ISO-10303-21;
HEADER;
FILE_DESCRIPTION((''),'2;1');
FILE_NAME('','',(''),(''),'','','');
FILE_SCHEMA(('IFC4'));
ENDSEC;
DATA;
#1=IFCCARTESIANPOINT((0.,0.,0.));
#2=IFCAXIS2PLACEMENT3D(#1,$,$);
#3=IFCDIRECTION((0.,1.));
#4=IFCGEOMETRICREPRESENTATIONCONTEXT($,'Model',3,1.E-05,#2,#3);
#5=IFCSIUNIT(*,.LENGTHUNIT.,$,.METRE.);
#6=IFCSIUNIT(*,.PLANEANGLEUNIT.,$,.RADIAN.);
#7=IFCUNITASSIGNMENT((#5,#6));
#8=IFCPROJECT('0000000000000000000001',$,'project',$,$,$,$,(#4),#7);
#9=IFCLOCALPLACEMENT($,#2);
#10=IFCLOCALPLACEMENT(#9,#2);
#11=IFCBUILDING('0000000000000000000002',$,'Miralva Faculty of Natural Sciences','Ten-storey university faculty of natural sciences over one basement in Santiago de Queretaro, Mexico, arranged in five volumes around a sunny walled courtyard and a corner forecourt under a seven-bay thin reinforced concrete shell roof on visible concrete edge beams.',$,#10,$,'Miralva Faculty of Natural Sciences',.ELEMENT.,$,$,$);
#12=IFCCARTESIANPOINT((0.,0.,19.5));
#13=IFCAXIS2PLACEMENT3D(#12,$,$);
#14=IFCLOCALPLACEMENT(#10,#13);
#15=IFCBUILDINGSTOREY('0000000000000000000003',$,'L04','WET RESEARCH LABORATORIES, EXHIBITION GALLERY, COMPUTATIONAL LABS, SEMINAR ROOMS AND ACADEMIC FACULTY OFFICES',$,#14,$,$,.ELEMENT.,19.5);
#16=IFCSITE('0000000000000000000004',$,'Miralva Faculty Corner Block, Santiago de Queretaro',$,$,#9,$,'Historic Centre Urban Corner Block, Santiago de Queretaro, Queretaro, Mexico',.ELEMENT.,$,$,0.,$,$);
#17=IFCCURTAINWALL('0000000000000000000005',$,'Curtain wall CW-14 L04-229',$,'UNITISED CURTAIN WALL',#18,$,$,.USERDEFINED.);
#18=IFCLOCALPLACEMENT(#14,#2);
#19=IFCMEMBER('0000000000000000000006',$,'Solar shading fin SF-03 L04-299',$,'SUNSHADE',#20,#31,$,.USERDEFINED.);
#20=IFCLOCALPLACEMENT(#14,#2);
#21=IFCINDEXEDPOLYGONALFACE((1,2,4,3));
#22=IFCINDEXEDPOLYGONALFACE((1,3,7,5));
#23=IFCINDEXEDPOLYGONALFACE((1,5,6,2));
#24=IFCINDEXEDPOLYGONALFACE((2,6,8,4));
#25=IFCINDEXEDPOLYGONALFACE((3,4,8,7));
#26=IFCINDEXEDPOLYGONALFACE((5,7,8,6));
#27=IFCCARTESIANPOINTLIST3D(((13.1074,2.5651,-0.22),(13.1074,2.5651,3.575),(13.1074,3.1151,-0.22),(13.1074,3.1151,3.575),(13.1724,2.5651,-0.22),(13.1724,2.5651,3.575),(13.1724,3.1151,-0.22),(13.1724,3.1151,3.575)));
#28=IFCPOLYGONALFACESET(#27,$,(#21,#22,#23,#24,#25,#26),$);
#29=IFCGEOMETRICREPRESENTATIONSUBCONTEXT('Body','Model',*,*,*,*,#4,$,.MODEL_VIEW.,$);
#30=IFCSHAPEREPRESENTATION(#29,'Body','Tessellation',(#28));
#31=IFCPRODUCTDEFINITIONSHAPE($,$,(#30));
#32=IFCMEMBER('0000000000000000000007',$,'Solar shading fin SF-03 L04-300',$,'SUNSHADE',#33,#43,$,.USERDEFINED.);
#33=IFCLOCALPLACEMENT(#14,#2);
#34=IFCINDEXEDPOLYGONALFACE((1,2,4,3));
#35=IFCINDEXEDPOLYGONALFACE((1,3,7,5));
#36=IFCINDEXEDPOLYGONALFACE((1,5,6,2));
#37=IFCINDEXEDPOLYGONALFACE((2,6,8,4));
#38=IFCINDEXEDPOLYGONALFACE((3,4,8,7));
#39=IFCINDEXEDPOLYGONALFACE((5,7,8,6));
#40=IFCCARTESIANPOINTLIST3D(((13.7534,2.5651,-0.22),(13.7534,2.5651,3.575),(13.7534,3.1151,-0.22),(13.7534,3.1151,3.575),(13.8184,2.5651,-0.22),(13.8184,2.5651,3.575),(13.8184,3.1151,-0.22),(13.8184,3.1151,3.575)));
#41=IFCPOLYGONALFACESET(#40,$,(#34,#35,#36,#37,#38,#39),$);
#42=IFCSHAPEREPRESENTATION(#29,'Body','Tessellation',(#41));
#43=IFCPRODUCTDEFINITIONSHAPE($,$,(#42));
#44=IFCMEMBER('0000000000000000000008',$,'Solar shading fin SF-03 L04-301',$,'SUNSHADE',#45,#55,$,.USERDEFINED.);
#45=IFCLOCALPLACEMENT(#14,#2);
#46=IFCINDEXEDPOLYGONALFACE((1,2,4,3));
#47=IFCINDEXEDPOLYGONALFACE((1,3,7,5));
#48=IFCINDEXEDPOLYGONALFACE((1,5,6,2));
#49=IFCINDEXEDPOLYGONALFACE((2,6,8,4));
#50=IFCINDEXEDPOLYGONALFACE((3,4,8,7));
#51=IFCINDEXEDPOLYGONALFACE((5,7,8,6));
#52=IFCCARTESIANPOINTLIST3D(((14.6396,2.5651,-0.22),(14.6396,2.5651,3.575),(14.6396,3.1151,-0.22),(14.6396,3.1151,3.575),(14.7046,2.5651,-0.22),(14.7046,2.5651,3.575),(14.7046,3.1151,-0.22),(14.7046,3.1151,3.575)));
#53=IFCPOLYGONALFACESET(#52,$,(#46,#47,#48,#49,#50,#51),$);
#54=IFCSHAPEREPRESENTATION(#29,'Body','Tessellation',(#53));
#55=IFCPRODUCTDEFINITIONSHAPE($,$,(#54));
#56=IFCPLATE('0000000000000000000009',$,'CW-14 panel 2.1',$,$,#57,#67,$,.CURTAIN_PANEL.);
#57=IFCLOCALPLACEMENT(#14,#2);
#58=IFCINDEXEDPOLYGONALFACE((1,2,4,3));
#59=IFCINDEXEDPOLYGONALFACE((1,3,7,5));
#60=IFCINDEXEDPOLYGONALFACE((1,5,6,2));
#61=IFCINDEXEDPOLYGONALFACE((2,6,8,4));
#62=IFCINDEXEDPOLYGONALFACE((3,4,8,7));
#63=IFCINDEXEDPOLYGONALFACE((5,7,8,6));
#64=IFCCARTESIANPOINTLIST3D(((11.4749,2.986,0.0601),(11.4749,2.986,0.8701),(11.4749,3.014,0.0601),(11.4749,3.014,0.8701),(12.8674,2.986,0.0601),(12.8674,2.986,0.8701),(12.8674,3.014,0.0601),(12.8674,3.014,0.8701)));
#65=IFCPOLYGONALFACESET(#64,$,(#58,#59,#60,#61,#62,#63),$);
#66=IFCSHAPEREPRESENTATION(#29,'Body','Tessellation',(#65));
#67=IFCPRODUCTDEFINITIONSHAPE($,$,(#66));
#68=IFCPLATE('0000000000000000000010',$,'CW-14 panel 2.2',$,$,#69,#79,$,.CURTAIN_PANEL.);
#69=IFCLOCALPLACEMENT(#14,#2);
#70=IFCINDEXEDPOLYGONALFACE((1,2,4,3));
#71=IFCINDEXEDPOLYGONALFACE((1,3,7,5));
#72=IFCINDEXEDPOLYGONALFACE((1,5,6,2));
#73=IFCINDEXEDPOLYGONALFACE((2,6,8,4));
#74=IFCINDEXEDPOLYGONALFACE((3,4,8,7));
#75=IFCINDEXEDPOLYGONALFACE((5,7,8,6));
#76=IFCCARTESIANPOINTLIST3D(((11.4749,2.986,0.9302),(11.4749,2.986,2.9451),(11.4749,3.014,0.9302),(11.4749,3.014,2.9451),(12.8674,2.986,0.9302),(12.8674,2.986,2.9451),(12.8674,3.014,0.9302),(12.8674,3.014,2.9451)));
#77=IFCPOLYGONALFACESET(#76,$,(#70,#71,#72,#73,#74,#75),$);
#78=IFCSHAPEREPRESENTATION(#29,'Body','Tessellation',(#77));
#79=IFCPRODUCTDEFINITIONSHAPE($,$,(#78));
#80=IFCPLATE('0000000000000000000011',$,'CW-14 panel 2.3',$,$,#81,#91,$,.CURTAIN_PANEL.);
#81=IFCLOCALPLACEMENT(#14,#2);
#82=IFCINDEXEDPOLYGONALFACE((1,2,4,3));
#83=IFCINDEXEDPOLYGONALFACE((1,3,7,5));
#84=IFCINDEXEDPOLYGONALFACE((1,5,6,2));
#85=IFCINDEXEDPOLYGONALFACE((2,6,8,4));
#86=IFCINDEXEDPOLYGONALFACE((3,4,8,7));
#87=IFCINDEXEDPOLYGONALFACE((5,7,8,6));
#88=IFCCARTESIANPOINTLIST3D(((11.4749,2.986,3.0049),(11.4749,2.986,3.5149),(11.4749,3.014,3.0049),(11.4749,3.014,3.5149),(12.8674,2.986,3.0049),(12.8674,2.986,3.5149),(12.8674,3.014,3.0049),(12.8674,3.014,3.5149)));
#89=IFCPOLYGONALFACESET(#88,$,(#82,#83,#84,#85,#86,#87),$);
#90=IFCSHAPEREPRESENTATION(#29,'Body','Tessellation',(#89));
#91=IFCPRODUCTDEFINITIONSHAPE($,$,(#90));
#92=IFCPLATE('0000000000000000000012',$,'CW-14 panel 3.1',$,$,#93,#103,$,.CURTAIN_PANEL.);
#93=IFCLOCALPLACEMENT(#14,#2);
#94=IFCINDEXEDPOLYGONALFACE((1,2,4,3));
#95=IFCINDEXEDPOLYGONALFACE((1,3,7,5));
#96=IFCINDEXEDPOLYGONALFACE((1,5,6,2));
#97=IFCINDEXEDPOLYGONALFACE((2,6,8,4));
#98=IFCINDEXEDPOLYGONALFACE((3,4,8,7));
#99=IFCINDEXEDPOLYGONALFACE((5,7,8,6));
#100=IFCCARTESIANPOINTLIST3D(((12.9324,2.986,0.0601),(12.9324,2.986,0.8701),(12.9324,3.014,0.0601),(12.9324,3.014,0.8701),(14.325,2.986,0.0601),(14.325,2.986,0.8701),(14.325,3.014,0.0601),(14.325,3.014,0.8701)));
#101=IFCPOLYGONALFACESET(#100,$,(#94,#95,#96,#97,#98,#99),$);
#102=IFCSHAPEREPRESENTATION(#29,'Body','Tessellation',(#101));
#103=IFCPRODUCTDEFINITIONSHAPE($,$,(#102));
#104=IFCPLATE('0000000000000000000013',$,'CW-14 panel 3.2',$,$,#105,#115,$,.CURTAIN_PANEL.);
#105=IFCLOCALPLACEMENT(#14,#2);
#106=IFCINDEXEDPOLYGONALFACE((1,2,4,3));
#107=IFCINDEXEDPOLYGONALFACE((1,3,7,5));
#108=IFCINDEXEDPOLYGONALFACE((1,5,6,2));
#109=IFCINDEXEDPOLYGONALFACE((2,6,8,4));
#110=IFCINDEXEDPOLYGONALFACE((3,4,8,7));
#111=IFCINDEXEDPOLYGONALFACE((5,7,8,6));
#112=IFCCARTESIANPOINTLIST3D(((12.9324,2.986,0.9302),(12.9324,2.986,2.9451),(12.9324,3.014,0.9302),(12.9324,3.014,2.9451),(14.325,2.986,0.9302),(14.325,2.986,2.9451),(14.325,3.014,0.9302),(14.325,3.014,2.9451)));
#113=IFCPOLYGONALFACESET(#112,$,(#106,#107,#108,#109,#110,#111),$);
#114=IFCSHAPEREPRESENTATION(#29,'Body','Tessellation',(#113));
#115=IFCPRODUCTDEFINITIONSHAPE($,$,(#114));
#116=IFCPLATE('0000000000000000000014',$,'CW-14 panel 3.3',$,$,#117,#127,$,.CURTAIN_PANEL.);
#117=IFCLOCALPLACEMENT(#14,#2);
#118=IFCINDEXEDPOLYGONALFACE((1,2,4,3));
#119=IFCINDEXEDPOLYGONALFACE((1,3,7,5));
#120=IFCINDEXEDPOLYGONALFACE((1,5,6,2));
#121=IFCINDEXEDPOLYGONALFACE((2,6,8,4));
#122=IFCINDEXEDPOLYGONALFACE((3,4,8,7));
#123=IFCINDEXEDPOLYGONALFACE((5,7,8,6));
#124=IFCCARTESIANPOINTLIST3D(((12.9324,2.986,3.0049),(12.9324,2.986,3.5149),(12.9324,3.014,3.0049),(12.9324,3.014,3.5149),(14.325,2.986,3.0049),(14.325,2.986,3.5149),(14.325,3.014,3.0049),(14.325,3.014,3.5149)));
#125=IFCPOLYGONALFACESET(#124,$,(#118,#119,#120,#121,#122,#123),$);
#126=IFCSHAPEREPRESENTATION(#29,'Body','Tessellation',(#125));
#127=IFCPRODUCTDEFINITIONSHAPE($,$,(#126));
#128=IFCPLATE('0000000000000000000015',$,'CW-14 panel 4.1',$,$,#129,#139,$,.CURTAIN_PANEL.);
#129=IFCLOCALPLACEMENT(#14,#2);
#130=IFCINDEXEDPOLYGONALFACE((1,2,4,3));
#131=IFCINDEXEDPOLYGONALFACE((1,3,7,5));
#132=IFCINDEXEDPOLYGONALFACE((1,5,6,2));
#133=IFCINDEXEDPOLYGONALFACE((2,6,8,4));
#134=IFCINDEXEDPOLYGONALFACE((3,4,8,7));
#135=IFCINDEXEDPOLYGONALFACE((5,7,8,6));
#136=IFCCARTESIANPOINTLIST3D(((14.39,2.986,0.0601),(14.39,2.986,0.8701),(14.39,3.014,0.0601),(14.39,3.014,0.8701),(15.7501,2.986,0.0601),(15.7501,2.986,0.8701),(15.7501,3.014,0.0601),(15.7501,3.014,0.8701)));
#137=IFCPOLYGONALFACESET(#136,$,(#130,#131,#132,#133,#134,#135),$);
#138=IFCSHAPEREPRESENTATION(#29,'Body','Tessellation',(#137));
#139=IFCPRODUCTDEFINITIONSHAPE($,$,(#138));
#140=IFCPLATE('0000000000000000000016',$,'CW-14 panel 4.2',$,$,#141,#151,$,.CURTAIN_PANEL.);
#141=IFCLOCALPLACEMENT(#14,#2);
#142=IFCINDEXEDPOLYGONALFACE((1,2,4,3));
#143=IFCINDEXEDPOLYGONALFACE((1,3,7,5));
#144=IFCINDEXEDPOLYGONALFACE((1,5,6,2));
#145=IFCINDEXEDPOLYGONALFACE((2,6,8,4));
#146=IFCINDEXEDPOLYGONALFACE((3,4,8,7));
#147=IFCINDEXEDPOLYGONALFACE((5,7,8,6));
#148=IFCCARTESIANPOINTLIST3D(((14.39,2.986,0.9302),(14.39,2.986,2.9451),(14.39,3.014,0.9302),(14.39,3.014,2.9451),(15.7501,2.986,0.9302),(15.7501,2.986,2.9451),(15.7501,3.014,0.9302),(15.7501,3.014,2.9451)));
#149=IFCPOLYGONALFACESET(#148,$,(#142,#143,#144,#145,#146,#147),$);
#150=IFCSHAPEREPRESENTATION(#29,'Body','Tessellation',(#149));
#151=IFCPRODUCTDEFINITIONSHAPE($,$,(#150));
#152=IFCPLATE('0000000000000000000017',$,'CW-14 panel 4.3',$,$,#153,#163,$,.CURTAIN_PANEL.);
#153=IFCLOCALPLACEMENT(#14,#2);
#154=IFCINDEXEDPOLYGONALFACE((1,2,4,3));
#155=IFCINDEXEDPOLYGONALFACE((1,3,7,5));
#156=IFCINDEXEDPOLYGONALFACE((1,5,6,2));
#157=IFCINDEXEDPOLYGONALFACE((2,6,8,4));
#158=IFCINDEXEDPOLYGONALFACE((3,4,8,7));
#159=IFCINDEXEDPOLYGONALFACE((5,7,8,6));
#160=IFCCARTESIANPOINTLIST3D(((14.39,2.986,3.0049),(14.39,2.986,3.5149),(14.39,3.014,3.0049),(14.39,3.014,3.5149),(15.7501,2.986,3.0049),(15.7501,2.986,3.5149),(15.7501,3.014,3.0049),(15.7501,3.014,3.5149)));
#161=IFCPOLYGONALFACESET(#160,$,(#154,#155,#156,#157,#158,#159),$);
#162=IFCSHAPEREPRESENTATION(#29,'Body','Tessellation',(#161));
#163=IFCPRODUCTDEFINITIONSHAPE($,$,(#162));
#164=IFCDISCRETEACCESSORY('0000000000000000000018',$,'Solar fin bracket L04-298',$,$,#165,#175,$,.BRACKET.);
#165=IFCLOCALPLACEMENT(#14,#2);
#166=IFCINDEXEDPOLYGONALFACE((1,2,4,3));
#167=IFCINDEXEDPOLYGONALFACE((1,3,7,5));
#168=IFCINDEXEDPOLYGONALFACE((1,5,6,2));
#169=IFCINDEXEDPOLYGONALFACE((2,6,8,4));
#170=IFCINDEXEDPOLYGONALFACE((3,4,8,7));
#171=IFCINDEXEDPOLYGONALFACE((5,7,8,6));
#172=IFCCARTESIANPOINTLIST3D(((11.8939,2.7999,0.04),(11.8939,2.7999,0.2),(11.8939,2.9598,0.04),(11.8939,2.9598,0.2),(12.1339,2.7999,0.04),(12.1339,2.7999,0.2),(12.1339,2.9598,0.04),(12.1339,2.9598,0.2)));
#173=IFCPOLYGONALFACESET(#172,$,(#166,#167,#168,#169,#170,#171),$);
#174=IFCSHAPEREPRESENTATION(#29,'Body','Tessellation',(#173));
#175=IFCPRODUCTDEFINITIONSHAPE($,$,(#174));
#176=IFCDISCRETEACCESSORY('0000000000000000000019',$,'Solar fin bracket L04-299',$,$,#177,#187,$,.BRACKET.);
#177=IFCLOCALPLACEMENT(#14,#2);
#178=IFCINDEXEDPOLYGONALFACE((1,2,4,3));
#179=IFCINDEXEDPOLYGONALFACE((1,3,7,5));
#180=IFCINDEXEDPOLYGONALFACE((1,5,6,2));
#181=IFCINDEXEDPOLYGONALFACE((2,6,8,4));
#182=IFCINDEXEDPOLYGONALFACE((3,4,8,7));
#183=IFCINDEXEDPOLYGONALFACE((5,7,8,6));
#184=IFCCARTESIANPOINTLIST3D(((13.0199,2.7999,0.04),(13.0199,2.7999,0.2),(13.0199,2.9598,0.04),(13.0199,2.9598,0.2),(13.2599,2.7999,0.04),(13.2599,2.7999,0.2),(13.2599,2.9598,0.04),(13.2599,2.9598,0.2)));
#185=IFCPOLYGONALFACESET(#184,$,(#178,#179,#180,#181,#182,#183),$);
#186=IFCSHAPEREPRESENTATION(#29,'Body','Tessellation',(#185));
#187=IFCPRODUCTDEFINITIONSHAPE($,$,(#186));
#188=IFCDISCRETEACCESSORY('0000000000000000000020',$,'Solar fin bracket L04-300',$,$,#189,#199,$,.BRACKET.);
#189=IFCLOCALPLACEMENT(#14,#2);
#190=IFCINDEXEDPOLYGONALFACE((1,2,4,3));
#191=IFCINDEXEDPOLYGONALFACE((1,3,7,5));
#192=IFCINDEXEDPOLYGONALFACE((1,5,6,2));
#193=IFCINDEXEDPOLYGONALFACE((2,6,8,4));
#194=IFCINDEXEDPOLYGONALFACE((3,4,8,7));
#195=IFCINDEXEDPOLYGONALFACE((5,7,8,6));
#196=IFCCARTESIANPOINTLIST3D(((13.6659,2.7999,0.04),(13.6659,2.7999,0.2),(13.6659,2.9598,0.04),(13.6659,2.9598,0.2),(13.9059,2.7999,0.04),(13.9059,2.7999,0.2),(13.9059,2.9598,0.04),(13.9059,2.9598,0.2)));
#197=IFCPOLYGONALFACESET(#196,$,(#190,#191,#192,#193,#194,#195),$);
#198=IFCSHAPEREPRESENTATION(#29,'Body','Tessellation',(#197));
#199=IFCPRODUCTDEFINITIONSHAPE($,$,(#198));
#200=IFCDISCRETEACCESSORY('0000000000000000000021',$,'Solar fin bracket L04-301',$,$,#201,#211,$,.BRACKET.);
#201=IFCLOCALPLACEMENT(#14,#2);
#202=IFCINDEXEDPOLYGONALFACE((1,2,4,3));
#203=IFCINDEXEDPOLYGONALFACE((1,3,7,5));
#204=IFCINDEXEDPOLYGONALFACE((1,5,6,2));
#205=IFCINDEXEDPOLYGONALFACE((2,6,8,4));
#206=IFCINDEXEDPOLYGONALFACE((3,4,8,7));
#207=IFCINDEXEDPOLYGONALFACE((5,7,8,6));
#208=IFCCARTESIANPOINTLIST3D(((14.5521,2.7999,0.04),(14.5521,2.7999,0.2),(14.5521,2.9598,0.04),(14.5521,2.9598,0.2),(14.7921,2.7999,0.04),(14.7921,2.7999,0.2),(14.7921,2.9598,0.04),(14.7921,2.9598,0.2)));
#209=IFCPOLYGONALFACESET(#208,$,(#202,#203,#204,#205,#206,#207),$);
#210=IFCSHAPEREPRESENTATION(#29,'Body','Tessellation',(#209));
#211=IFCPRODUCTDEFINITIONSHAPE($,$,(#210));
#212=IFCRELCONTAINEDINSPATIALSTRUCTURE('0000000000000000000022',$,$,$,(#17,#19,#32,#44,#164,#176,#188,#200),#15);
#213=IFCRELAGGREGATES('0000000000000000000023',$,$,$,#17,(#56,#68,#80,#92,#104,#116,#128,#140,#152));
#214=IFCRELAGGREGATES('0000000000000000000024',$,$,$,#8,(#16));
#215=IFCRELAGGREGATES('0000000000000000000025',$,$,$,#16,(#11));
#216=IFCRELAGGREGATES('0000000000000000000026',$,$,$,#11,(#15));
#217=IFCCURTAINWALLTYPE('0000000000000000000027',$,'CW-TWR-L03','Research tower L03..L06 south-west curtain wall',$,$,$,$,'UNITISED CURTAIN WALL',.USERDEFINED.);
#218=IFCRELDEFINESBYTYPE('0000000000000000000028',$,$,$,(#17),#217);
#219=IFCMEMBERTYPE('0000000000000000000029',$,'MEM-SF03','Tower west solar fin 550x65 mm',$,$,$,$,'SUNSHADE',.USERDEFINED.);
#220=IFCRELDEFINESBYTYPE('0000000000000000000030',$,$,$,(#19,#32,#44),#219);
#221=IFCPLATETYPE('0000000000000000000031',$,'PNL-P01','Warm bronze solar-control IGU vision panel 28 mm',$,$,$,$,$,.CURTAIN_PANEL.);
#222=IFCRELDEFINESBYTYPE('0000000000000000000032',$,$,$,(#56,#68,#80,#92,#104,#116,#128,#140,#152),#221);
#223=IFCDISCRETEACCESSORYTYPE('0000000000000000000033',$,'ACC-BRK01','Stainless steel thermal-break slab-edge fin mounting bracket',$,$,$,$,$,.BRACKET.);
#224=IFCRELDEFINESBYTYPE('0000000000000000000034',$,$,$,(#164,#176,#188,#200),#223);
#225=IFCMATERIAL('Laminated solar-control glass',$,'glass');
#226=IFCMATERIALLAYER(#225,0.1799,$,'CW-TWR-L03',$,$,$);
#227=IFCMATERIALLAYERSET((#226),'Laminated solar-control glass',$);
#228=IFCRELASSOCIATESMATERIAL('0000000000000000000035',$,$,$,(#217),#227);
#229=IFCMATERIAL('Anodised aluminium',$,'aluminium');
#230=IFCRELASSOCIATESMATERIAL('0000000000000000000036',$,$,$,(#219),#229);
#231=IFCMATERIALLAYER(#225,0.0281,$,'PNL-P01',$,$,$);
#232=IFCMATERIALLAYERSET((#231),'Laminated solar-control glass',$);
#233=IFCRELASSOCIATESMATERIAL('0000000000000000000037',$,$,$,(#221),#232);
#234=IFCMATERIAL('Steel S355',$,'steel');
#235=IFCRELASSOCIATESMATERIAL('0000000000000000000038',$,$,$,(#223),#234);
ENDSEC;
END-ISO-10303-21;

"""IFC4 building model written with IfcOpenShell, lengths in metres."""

from ifc_helpers import new_model, si_unit, direction, frame, origin, origin_2d, place, context, subcontext, project, spatial, rectangle, extrude, material, layer, layer_set, material_profile, profile_set, type_object, element, aggregate, save


model = new_model("IFC4")

# Units and contexts
model_context = context("Model", 3, precision=1e-05, world=origin(), true_north=direction((0.0, 1.0)))
body_context = subcontext(model_context, "Body", "Model", "MODEL_VIEW")
ifc_project = project(units=[si_unit("LENGTHUNIT", "METRE"), si_unit("PLANEANGLEUNIT", "RADIAN")], contexts=[model_context])

# Site, building, storey
site_placement = place(None, origin())
site = spatial("IfcSite", under=ifc_project, at=site_placement, Name="Miralva Faculty Corner Block, Santiago de Queretaro", LongName="Historic Centre Urban Corner Block, Santiago de Queretaro, Queretaro, Mexico", CompositionType="ELEMENT", RefElevation=0.0)
building_placement = place(site_placement, origin())
building = spatial("IfcBuilding", under=site, at=building_placement, Name="Miralva Faculty of Natural Sciences", Description="Ten-storey university faculty of natural sciences over one basement in Santiago de Queretaro, Mexico, arranged in five volumes around a sunny walled courtyard and a corner forecourt under a seven-bay thin reinforced concrete shell roof on visible concrete edge beams.", LongName="Miralva Faculty of Natural Sciences", CompositionType="ELEMENT")
storey_placement = place(building_placement, frame((0.0, 0.0, 19.5)))
storey = spatial("IfcBuildingStorey", under=building, at=storey_placement, Name="L04", Description="WET RESEARCH LABORATORIES, EXHIBITION GALLERY, COMPUTATIONAL LABS, SEMINAR ROOMS AND ACADEMIC FACULTY OFFICES", CompositionType="ELEMENT", Elevation=19.5)

# Curtain wall
ifc_material_1 = material(Name="Laminated solar-control glass", Category="glass")
ifc_layer_1 = layer(ifc_material_1, 0.1799, Name="CW-TWR-L03")
ifc_layer_set_1 = layer_set([ifc_layer_1], Name="Laminated solar-control glass")
curtain_wall_type = type_object("IfcCurtainWallType", Name="CW-TWR-L03", Description="Research tower L03..L06 south-west curtain wall", ElementType="UNITISED CURTAIN WALL", PredefinedType="USERDEFINED", material=ifc_layer_set_1)
curtain_wall_placement = place(storey_placement, origin())
curtain_wall = element("IfcCurtainWall", 1, at=curtain_wall_placement, inside=storey, type_object=curtain_wall_type, Name="Curtain wall CW-14 L04-229", ObjectType="UNITISED CURTAIN WALL", PredefinedType="USERDEFINED")
ifc_material_2 = material(Name="Anodised aluminium", Category="aluminium")

# Members
ifc_material_profile_1 = material_profile(ifc_material_2, rectangle(XDim=0.0649, YDim=0.55, at=origin_2d()), Name="FIN 550x65")
ifc_profile_set_1 = profile_set([ifc_material_profile_1], Name="Anodised aluminium")
member_type_1 = type_object("IfcMemberType", Name="MEM-SF03", Description="Tower west solar fin 550x65 mm", ElementType="SUNSHADE", PredefinedType="USERDEFINED", material=ifc_profile_set_1)
for number, where, z_axis, x_axis, name in (
    (2, (13.1399, 2.8401, -0.22), (0.0, 0.0, 1.0), (1.0, 0.0, 0.0), "Solar shading fin SF-03 L04-299"),
    (3, (13.7859, 2.8401, -0.22), (0.0, 0.0, 1.0), (1.0, 0.0, 0.0), "Solar shading fin SF-03 L04-300"),
    (4, (14.6721, 2.8401, -0.22), (0.0, 0.0, 1.0), (1.0, 0.0, 0.0), "Solar shading fin SF-03 L04-301"),
):
    element("IfcMember", number, at=place(storey_placement, frame(where, z_axis=z_axis, x_axis=x_axis)), inside=storey, type_object=member_type_1, Name=name, ObjectType="SUNSHADE", PredefinedType="USERDEFINED", context=body_context, shape_type="SweptSolid", body=[
        extrude(rectangle(XDim=0.0649, YDim=0.55, at=origin_2d()), origin(), (0.0, 0.0, 1.0), 3.7949),
    ])

# Plates
ifc_layer_2 = layer(ifc_material_1, 0.0281, Name="PNL-P01")
ifc_layer_set_2 = layer_set([ifc_layer_2], Name="Laminated solar-control glass")
plate_type = type_object("IfcPlateType", Name="PNL-P01", Description="Warm bronze solar-control IGU vision panel 28 mm", PredefinedType="CURTAIN_PANEL", material=ifc_layer_set_2)
plate_1_placement = place(storey_placement, frame((12.1711, 3.0, 0.0601), z_axis=(0.0, 0.0, 1.0), x_axis=(1.0, 0.0, 0.0)))
plate_1 = element("IfcPlate", 5, at=plate_1_placement, type_object=plate_type, Name="CW-14 panel 2.1", PredefinedType="CURTAIN_PANEL", context=body_context, shape_type="SweptSolid", body=[
    extrude(rectangle(XDim=1.3926, YDim=0.0281, at=origin_2d()), origin(), (0.0, 0.0, 1.0), 0.8101),
])
plate_2_placement = place(storey_placement, frame((12.1711, 3.0, 0.9302), z_axis=(0.0, 0.0, 1.0), x_axis=(1.0, 0.0, 0.0)))
plate_2 = element("IfcPlate", 6, at=plate_2_placement, type_object=plate_type, Name="CW-14 panel 2.2", PredefinedType="CURTAIN_PANEL", context=body_context, shape_type="SweptSolid", body=[
    extrude(rectangle(XDim=1.3926, YDim=0.0281, at=origin_2d()), origin(), (0.0, 0.0, 1.0), 2.0149),
])
plate_3_placement = place(storey_placement, frame((12.1711, 3.0, 3.0049), z_axis=(0.0, 0.0, 1.0), x_axis=(1.0, 0.0, 0.0)))
plate_3 = element("IfcPlate", 7, at=plate_3_placement, type_object=plate_type, Name="CW-14 panel 2.3", PredefinedType="CURTAIN_PANEL", context=body_context, shape_type="SweptSolid", body=[
    extrude(rectangle(XDim=1.3926, YDim=0.0281, at=origin_2d()), origin(), (0.0, 0.0, 1.0), 0.51),
])
plate_4_placement = place(storey_placement, frame((13.6287, 3.0, 0.0601), z_axis=(0.0, 0.0, 1.0), x_axis=(1.0, 0.0, 0.0)))
plate_4 = element("IfcPlate", 8, at=plate_4_placement, type_object=plate_type, Name="CW-14 panel 3.1", PredefinedType="CURTAIN_PANEL", context=body_context, shape_type="SweptSolid", body=[
    extrude(rectangle(XDim=1.3926, YDim=0.0281, at=origin_2d()), origin(), (0.0, 0.0, 1.0), 0.8101),
])
plate_5_placement = place(storey_placement, frame((13.6287, 3.0, 0.9302), z_axis=(0.0, 0.0, 1.0), x_axis=(1.0, 0.0, 0.0)))
plate_5 = element("IfcPlate", 9, at=plate_5_placement, type_object=plate_type, Name="CW-14 panel 3.2", PredefinedType="CURTAIN_PANEL", context=body_context, shape_type="SweptSolid", body=[
    extrude(rectangle(XDim=1.3926, YDim=0.0281, at=origin_2d()), origin(), (0.0, 0.0, 1.0), 2.0149),
])
plate_6_placement = place(storey_placement, frame((13.6287, 3.0, 3.0049), z_axis=(0.0, 0.0, 1.0), x_axis=(1.0, 0.0, 0.0)))
plate_6 = element("IfcPlate", 10, at=plate_6_placement, type_object=plate_type, Name="CW-14 panel 3.3", PredefinedType="CURTAIN_PANEL", context=body_context, shape_type="SweptSolid", body=[
    extrude(rectangle(XDim=1.3926, YDim=0.0281, at=origin_2d()), origin(), (0.0, 0.0, 1.0), 0.51),
])
plate_7_placement = place(storey_placement, frame((15.0701, 3.0, 0.0601), z_axis=(0.0, 0.0, 1.0), x_axis=(1.0, 0.0, 0.0)))
plate_7 = element("IfcPlate", 11, at=plate_7_placement, type_object=plate_type, Name="CW-14 panel 4.1", PredefinedType="CURTAIN_PANEL", context=body_context, shape_type="SweptSolid", body=[
    extrude(rectangle(XDim=1.3601, YDim=0.0281, at=origin_2d()), origin(), (0.0, 0.0, 1.0), 0.8101),
])
plate_8_placement = place(storey_placement, frame((15.0701, 3.0, 0.9302), z_axis=(0.0, 0.0, 1.0), x_axis=(1.0, 0.0, 0.0)))
plate_8 = element("IfcPlate", 12, at=plate_8_placement, type_object=plate_type, Name="CW-14 panel 4.2", PredefinedType="CURTAIN_PANEL", context=body_context, shape_type="SweptSolid", body=[
    extrude(rectangle(XDim=1.3601, YDim=0.0281, at=origin_2d()), origin(), (0.0, 0.0, 1.0), 2.0149),
])
plate_9_placement = place(storey_placement, frame((15.0701, 3.0, 3.0049), z_axis=(0.0, 0.0, 1.0), x_axis=(1.0, 0.0, 0.0)))
plate_9 = element("IfcPlate", 13, at=plate_9_placement, type_object=plate_type, Name="CW-14 panel 4.3", PredefinedType="CURTAIN_PANEL", context=body_context, shape_type="SweptSolid", body=[
    extrude(rectangle(XDim=1.3601, YDim=0.0281, at=origin_2d()), origin(), (0.0, 0.0, 1.0), 0.51),
])
aggregate(curtain_wall, [plate_1, plate_2, plate_3, plate_4, plate_5, plate_6, plate_7, plate_8, plate_9])

# Discrete accessories
ifc_material_3 = material(Name="Steel S355", Category="steel")
discrete_accessory_type = type_object("IfcDiscreteAccessoryType", Name="ACC-BRK01", Description="Stainless steel thermal-break slab-edge fin mounting bracket", PredefinedType="BRACKET", material=ifc_material_3)
for number, where, z_axis, x_axis, name in (
    (14, (12.0139, 2.8799, 0.04), (0.0, 0.0, 1.0), (0.0, -1.0, 0.0), "Solar fin bracket L04-298"),
    (15, (13.1399, 2.8799, 0.04), (0.0, 0.0, 1.0), (0.0, -1.0, 0.0), "Solar fin bracket L04-299"),
    (16, (13.7859, 2.8799, 0.04), (0.0, 0.0, 1.0), (0.0, -1.0, 0.0), "Solar fin bracket L04-300"),
    (17, (14.6721, 2.8799, 0.04), (0.0, 0.0, 1.0), (0.0, -1.0, 0.0), "Solar fin bracket L04-301"),
):
    element("IfcDiscreteAccessory", number, at=place(storey_placement, frame(where, z_axis=z_axis, x_axis=x_axis)), inside=storey, type_object=discrete_accessory_type, Name=name, PredefinedType="BRACKET", context=body_context, shape_type="SweptSolid", body=[
        extrude(rectangle(XDim=0.1599, YDim=0.24, at=origin_2d()), origin(), (0.0, 0.0, 1.0), 0.1599),
    ])

save(model, "model.ifc")
